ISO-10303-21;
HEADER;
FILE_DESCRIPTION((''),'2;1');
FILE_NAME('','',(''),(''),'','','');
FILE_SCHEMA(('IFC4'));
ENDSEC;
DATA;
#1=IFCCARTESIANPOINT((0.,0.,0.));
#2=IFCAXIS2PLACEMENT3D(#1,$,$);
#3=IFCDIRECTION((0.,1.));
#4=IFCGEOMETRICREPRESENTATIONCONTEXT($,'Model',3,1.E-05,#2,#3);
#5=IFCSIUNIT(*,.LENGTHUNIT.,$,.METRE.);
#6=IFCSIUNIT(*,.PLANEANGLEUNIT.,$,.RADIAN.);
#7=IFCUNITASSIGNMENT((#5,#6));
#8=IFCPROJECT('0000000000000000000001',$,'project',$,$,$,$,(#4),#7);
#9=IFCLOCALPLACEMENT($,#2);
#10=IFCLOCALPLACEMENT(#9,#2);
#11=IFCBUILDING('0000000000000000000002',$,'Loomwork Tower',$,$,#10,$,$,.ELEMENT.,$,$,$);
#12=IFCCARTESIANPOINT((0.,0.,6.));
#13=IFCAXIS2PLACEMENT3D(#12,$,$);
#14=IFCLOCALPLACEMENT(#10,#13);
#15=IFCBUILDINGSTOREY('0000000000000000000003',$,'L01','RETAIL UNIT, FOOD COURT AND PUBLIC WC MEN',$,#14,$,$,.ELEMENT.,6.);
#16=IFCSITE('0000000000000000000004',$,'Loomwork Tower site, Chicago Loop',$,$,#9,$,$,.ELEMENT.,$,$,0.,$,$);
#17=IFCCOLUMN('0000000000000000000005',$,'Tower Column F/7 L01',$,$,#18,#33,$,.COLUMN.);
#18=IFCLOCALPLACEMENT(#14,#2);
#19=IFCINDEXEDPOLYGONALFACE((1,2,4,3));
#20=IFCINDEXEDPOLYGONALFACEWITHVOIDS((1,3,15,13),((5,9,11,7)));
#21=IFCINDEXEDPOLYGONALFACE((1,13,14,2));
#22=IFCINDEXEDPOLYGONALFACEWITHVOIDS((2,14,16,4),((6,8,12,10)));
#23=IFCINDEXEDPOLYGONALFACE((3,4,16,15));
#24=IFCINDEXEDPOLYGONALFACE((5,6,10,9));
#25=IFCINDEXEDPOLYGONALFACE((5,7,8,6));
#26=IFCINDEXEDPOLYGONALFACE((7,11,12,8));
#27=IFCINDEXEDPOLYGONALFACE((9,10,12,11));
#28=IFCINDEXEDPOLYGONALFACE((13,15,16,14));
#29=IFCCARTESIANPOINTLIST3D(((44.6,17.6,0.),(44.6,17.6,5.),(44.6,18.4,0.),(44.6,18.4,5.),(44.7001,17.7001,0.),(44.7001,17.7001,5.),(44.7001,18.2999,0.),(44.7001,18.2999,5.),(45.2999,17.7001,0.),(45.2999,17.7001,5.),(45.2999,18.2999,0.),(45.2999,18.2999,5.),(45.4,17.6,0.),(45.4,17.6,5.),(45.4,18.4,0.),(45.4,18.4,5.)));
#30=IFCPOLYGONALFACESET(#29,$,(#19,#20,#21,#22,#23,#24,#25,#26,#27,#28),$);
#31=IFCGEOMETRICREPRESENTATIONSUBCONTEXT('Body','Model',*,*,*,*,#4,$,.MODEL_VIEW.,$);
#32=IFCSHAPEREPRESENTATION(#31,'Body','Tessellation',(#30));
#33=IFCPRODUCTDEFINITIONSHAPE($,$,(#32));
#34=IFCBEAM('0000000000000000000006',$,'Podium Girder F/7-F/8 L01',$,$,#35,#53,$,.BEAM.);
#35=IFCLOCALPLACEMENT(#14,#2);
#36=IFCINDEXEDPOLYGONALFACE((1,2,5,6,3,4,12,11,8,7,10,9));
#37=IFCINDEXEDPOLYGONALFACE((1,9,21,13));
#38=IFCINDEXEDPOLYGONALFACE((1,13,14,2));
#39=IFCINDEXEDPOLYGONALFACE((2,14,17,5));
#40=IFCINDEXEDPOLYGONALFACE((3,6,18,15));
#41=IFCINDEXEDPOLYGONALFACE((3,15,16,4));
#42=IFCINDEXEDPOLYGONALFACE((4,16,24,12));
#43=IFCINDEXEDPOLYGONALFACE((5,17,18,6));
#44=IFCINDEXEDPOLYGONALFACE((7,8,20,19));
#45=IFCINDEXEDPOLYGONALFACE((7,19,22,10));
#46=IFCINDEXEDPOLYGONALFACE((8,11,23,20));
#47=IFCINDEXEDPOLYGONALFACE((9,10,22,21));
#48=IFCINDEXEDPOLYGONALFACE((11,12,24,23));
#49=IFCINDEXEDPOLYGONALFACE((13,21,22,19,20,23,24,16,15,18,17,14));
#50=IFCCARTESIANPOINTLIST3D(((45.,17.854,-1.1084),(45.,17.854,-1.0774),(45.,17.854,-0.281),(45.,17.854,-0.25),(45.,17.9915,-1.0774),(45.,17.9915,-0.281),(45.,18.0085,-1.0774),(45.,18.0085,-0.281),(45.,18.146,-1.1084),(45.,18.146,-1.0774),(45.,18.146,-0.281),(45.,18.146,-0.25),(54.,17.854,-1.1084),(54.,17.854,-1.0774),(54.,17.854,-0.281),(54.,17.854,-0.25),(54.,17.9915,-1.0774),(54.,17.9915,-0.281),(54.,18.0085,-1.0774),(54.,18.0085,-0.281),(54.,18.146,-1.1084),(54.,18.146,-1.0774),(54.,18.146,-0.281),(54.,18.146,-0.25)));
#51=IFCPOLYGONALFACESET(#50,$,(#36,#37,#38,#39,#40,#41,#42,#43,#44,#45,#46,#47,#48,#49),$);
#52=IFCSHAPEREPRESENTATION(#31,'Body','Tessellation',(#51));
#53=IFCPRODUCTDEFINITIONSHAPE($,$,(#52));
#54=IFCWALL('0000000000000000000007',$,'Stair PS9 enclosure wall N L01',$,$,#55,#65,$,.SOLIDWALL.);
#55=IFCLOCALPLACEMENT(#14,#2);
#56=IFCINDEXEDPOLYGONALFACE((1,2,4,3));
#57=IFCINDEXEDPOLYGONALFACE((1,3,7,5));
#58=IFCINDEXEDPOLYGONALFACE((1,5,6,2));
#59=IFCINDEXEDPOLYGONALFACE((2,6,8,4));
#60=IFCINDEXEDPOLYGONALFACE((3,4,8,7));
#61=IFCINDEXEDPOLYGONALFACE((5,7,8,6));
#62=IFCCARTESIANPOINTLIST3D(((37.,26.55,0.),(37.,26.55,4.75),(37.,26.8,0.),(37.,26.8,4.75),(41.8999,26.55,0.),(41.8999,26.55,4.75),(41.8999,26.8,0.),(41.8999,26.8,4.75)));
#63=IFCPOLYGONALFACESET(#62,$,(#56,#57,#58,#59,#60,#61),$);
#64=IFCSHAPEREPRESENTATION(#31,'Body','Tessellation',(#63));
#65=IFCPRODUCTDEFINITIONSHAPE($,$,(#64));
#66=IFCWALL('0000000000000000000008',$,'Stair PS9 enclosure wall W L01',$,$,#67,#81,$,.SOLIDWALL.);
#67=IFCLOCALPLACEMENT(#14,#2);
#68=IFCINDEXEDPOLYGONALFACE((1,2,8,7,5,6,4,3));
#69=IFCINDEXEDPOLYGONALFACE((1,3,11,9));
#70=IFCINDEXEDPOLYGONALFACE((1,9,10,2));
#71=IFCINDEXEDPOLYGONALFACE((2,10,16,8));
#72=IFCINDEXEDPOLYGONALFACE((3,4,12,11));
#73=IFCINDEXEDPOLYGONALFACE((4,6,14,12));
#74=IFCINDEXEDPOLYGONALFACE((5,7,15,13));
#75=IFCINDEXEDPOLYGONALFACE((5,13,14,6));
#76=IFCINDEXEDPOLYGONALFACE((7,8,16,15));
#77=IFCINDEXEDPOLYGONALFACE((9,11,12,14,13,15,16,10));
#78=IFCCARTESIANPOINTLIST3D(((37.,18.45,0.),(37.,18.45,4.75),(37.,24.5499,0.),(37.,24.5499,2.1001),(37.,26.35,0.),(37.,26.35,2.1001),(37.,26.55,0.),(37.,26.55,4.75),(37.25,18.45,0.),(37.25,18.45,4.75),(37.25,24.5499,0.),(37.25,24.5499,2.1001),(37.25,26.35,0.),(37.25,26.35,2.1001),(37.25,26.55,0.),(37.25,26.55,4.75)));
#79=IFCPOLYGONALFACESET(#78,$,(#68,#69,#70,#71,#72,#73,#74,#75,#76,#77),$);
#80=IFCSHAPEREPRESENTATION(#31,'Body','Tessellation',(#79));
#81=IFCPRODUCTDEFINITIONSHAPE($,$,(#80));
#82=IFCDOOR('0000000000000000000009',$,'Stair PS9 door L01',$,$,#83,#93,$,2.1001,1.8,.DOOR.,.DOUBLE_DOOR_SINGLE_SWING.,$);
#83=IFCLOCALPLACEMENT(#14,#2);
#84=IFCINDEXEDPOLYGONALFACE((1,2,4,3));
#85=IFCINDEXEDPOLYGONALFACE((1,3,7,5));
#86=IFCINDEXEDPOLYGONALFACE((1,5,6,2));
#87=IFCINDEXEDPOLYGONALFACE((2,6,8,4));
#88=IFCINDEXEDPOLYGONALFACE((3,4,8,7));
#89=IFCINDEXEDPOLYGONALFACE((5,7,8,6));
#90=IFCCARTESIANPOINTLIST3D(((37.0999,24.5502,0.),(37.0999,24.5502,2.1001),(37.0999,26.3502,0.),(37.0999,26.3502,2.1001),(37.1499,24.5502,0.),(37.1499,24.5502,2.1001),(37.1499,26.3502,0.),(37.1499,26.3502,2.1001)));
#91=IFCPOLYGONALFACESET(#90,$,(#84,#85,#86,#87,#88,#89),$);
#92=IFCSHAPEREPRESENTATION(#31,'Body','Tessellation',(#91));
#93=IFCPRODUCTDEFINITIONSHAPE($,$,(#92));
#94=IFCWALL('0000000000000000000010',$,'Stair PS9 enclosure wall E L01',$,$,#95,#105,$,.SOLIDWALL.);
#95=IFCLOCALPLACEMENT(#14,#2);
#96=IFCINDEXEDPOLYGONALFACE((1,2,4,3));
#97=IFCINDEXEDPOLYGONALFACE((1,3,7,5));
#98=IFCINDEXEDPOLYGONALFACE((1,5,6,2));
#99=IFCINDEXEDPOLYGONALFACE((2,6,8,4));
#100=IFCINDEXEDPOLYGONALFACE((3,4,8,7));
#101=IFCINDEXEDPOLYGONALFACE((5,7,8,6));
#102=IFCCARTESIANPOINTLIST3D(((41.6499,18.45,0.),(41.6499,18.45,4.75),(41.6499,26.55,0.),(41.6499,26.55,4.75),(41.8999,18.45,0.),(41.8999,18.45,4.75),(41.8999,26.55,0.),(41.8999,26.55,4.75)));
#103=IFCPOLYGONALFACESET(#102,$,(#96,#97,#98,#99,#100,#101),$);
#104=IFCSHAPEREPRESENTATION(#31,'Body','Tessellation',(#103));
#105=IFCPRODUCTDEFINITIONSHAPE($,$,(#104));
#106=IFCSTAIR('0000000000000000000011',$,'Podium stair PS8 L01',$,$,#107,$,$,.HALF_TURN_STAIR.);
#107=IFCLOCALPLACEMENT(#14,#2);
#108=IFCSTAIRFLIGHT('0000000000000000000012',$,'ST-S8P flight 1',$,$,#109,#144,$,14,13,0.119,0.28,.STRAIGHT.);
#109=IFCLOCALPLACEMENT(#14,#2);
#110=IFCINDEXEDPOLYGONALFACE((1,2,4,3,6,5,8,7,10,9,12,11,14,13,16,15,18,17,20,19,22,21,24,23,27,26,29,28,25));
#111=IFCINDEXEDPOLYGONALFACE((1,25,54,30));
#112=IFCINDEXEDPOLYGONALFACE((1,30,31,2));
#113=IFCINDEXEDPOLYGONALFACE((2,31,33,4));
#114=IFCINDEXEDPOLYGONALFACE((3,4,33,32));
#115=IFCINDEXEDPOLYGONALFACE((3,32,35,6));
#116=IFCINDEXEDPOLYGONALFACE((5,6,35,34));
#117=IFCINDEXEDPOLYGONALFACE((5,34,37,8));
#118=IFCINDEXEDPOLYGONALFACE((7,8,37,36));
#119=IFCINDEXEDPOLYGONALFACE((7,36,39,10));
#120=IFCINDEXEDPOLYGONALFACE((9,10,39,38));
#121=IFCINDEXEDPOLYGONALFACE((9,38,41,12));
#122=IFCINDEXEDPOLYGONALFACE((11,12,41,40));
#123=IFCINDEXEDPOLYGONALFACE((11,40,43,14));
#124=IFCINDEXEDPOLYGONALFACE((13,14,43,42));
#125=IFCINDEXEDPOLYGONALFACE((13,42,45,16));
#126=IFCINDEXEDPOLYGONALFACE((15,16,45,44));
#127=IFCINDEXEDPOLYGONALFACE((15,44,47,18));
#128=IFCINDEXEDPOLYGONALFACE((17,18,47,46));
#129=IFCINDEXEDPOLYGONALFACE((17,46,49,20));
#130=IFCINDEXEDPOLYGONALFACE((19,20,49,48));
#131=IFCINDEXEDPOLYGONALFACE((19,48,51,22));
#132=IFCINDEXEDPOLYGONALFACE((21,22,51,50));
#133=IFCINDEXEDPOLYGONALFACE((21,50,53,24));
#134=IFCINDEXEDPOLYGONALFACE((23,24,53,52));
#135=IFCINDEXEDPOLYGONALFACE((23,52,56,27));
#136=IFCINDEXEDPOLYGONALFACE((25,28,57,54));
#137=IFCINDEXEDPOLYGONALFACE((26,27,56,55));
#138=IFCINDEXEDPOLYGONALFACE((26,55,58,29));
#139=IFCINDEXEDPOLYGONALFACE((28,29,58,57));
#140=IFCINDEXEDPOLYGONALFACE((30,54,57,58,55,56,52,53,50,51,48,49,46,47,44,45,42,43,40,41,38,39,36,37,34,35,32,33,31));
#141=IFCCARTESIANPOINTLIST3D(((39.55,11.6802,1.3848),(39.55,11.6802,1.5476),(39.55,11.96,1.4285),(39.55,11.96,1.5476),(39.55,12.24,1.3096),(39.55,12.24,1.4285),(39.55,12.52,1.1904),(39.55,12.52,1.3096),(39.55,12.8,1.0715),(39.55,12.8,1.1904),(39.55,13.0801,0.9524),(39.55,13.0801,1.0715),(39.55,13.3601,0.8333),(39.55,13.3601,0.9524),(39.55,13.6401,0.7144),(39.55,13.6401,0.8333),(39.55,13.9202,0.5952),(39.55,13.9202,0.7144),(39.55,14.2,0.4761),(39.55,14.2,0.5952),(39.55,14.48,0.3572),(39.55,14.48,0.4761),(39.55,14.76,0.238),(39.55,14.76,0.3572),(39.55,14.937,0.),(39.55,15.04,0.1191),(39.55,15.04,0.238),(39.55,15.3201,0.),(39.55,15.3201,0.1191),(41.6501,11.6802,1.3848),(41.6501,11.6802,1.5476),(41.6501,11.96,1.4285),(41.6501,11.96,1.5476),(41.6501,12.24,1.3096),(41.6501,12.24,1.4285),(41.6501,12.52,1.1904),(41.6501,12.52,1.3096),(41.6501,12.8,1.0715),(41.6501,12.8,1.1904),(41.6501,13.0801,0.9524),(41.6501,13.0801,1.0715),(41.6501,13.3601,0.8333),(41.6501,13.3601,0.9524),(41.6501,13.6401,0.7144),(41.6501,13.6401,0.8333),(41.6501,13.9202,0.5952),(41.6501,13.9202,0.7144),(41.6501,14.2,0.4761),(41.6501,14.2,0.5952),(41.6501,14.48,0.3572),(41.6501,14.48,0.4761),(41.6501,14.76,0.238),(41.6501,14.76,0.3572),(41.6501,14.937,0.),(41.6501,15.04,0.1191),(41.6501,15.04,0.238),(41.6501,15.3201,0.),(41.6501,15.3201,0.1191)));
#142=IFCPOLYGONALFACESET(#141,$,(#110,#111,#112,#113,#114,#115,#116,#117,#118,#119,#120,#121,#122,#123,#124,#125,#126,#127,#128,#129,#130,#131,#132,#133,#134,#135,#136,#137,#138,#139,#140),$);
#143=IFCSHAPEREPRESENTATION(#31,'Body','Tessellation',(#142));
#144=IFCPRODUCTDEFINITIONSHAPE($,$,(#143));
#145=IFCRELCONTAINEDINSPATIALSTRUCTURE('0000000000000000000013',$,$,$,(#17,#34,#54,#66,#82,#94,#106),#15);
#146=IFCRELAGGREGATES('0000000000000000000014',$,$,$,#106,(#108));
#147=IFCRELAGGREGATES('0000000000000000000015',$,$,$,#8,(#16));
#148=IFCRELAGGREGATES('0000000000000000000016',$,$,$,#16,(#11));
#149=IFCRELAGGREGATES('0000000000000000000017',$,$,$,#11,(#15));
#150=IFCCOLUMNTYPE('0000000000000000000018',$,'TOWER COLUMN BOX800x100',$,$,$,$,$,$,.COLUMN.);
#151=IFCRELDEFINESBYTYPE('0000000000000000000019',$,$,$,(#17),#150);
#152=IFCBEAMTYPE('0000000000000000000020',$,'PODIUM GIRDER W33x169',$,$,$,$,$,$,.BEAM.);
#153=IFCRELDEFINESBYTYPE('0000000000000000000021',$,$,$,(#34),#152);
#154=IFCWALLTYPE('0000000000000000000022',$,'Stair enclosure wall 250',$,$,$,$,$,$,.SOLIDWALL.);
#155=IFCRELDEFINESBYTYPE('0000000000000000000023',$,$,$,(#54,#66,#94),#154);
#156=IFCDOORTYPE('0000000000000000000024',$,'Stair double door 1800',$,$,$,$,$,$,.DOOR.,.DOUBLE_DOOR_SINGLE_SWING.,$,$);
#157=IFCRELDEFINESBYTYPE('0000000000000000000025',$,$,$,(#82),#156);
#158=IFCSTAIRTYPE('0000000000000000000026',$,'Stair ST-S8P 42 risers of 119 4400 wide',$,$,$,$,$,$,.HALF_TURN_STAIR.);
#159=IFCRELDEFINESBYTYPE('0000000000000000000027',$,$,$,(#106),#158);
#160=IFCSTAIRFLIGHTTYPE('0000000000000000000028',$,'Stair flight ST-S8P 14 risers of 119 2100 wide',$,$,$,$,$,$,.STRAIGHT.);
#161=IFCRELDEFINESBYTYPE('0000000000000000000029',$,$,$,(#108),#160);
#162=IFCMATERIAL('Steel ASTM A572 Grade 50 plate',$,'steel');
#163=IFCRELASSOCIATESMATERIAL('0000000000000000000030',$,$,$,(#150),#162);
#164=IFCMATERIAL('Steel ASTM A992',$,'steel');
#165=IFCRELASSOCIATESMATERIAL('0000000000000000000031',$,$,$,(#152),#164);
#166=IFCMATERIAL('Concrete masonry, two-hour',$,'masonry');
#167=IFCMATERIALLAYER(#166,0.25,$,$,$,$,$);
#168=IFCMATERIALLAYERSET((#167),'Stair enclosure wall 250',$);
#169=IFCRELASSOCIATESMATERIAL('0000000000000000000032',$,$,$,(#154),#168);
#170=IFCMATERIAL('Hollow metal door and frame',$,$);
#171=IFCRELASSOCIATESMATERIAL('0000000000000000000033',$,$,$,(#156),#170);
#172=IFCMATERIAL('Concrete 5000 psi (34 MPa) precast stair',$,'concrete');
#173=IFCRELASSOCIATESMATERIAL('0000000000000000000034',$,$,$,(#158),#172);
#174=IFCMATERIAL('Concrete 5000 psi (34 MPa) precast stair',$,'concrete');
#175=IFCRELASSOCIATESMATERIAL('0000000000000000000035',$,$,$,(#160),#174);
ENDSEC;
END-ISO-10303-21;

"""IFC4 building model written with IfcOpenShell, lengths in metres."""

from ifc_helpers import new_model, si_unit, direction, frame, frame_2d, origin, origin_2d, place, context, subcontext, project, spatial, polyline, rectangle, hollow_rectangle, i_section, outline, extrude, material, layer, layer_set, material_profile, profile_set, type_object, element, fill, aggregate, save


model = new_model("IFC4")

# Units and contexts
model_context = context("Model", 3, precision=1e-05, world=origin(), true_north=direction((0.0, 1.0)))
body_context = subcontext(model_context, "Body", "Model", "MODEL_VIEW")
ifc_project = project(units=[si_unit("LENGTHUNIT", "METRE"), si_unit("PLANEANGLEUNIT", "RADIAN")], contexts=[model_context])

# Site, building, storey
site_placement = place(None, origin())
site = spatial("IfcSite", under=ifc_project, at=site_placement, Name="Loomwork Tower site, Chicago Loop", CompositionType="ELEMENT", RefElevation=0.0)
building_placement = place(site_placement, origin())
building = spatial("IfcBuilding", under=site, at=building_placement, Name="Loomwork Tower", CompositionType="ELEMENT")
storey_placement = place(building_placement, frame((0.0, 0.0, 6.0)))
storey = spatial("IfcBuildingStorey", under=building, at=storey_placement, Name="L01", Description="RETAIL UNIT, FOOD COURT AND PUBLIC WC MEN", CompositionType="ELEMENT", Elevation=6.0)

# Column
ifc_material_1 = material(Name="Steel ASTM A572 Grade 50 plate", Category="steel")
ifc_material_profile_1 = material_profile(ifc_material_1, hollow_rectangle(XDim=0.8, YDim=0.8, WallThickness=0.1001, at=origin_2d()), Name="BOX800x100")
ifc_profile_set_1 = profile_set([ifc_material_profile_1], Name="Steel ASTM A572 Grade 50 plate")
column_type = type_object("IfcColumnType", Name="TOWER COLUMN BOX800x100", PredefinedType="COLUMN", material=ifc_profile_set_1)
column_placement = place(storey_placement, frame((45.0, 18.0, 0.0), z_axis=(0.0, 0.0, 1.0), x_axis=(0.0, 1.0, 0.0)))
element("IfcColumn", 1, at=column_placement, inside=storey, type_object=column_type, Name="Tower Column F/7 L01", PredefinedType="COLUMN", context=body_context, shape_type="SweptSolid", body=[
    extrude(hollow_rectangle(XDim=0.8, YDim=0.8, WallThickness=0.1001, at=origin_2d()), origin(), (0.0, 0.0, 1.0), 5.0),
])

# Beam
ifc_material_2 = material(Name="Steel ASTM A992", Category="steel")
ifc_material_profile_2 = material_profile(ifc_material_2, i_section(OverallWidth=0.292, OverallDepth=0.8584, WebThickness=0.0171, FlangeThickness=0.031, at=origin_2d()), Name="W33x169")
ifc_profile_set_2 = profile_set([ifc_material_profile_2], Name="Steel ASTM A992")
beam_type = type_object("IfcBeamType", Name="PODIUM GIRDER W33x169", PredefinedType="BEAM", material=ifc_profile_set_2)
beam_placement = place(storey_placement, frame((45.0, 18.0, -0.6792), z_axis=(1.0, 0.0, 0.0), x_axis=(0.0, 1.0, 0.0)))
element("IfcBeam", 2, at=beam_placement, inside=storey, type_object=beam_type, Name="Podium Girder F/7-F/8 L01", PredefinedType="BEAM", context=body_context, shape_type="SweptSolid", body=[
    extrude(i_section(OverallWidth=0.292, OverallDepth=0.8584, WebThickness=0.0171, FlangeThickness=0.031, at=origin_2d()), origin(), (0.0, 0.0, 1.0), 9.0),
])

# Wall
ifc_material_3 = material(Name="Concrete masonry, two-hour", Category="masonry")
ifc_layer_1 = layer(ifc_material_3, 0.25)
ifc_layer_set_1 = layer_set([ifc_layer_1], Name="Stair enclosure wall 250")
wall_type = type_object("IfcWallType", Name="Stair enclosure wall 250", PredefinedType="SOLIDWALL", material=ifc_layer_set_1)
wall_1_placement = place(storey_placement, frame((37.0, 26.675, 0.0), z_axis=(0.0, 0.0, 1.0), x_axis=(1.0, 0.0, 0.0)))
element("IfcWall", 3, at=wall_1_placement, inside=storey, type_object=wall_type, Name="Stair PS9 enclosure wall N L01", PredefinedType="SOLIDWALL", context=body_context, shape_type="SweptSolid", body=[
    extrude(rectangle(XDim=4.8999, YDim=0.25, at=frame_2d((2.45, 0.0))), origin(), (0.0, 0.0, 1.0), 4.75),
])

# Wall, opening, door
wall_2_placement = place(storey_placement, frame((37.125, 18.45, 0.0), z_axis=(0.0, 0.0, 1.0), x_axis=(0.0, 1.0, 0.0)))
wall_2 = element("IfcWall", 4, at=wall_2_placement, inside=storey, type_object=wall_type, Name="Stair PS9 enclosure wall W L01", PredefinedType="SOLIDWALL", context=body_context, shape_type="SweptSolid", body=[
    extrude(rectangle(XDim=8.1001, YDim=0.25, at=frame_2d((4.05, 0.0))), origin(), (0.0, 0.0, 1.0), 4.75),
])
opening_placement = place(wall_2_placement, frame((6.1001, 0.0, 0.0)))
opening = element("IfcOpeningElement", 5, at=opening_placement, cuts=wall_2, PredefinedType="OPENING", context=body_context, shape_type="SweptSolid", body=[
    extrude(rectangle(XDim=1.8, YDim=2.1001, at=frame_2d((0.8999, 1.05))), frame((0.0, 0.135, 0.0), z_axis=(0.0, -1.0, 0.0), x_axis=(1.0, 0.0, 0.0)), (0.0, 0.0, 1.0), 0.27),
])
ifc_material_4 = material(Name="Hollow metal door and frame")
door_type = type_object("IfcDoorType", Name="Stair double door 1800", OperationType="DOUBLE_DOOR_SINGLE_SWING", PredefinedType="DOOR", material=ifc_material_4)
door_placement = place(opening_placement, frame((1.8, 0.0, 0.0), z_axis=(0.0, 0.0, 1.0), x_axis=(-1.0, 0.0, 0.0)))
door = element("IfcDoor", 6, at=door_placement, inside=storey, type_object=door_type, Name="Stair PS9 door L01", OperationType="DOUBLE_DOOR_SINGLE_SWING", OverallHeight=2.1001, OverallWidth=1.8, PredefinedType="DOOR", context=body_context, shape_type="SweptSolid", body=[
    extrude(rectangle(XDim=1.8, YDim=2.1001, at=frame_2d((0.8999, 1.05))), frame((0.0, 0.0249, 0.0), z_axis=(0.0, -1.0, 0.0), x_axis=(1.0, 0.0, 0.0)), (0.0, 0.0, 1.0), 0.05),
])
fill(opening, door)

# Wall
wall_3_placement = place(storey_placement, frame((41.7749, 18.45, 0.0), z_axis=(0.0, 0.0, 1.0), x_axis=(0.0, 1.0, 0.0)))
element("IfcWall", 7, at=wall_3_placement, inside=storey, type_object=wall_type, Name="Stair PS9 enclosure wall E L01", PredefinedType="SOLIDWALL", context=body_context, shape_type="SweptSolid", body=[
    extrude(rectangle(XDim=8.1001, YDim=0.25, at=frame_2d((4.05, 0.0))), origin(), (0.0, 0.0, 1.0), 4.75),
])

# Stair, stair flight
ifc_material_5 = material(Name="Concrete 5000 psi (34 MPa) precast stair", Category="concrete")
stair_type_1 = type_object("IfcStairType", Name="Stair ST-S8P 42 risers of 119 4400 wide", PredefinedType="HALF_TURN_STAIR", material=ifc_material_5)
stair_1_placement = place(storey_placement, origin())
stair_1 = element("IfcStair", 8, at=stair_1_placement, inside=storey, type_object=stair_type_1, Name="Podium stair PS8 L01", PredefinedType="HALF_TURN_STAIR")
ifc_material_6 = material(Name="Concrete 5000 psi (34 MPa) precast stair", Category="concrete")
stair_flight_type_1 = type_object("IfcStairFlightType", Name="Stair flight ST-S8P 14 risers of 119 2100 wide", PredefinedType="STRAIGHT", material=ifc_material_6)
stair_flight_1_placement = place(storey_placement, frame((40.6001, 15.3201, 0.0), z_axis=(0.0, 0.0, 1.0), x_axis=(0.0, -1.0, 0.0)))
stair_flight_1 = element("IfcStairFlight", 9, at=stair_flight_1_placement, type_object=stair_flight_type_1, Name="ST-S8P flight 1", NumberOfRisers=14, NumberOfTreads=13, PredefinedType="STRAIGHT", RiserHeight=0.119, TreadLength=0.28, context=body_context, shape_type="SweptSolid", body=[
    extrude(outline(polyline([(0.0, 0.0), (0.0, 0.1191), (0.28, 0.1191), (0.28, 0.238), (0.5601, 0.238), (0.5601, 0.3572), (0.8401, 0.3572), (0.8401, 0.4761), (1.1201, 0.4761), (1.1201, 0.5952), (1.3999, 0.5952), (1.3999, 0.7144), (1.6799, 0.7144), (1.6799, 0.8333), (1.96, 0.8333), (1.96, 0.9524), (2.24, 0.9524), (2.24, 1.0715), (2.52, 1.0715), (2.52, 1.1904), (2.8, 1.1904), (2.8, 1.3096), (3.0801, 1.3096), (3.0801, 1.4285), (3.3601, 1.4285), (3.3601, 1.5476), (3.6399, 1.5476), (3.6399, 1.6667), (3.6399, 1.3848), (0.3831, 0.0), (0.0, 0.0)])), frame((0.0, 1.05, 0.0), z_axis=(0.0, -1.0, 0.0), x_axis=(1.0, 0.0, 0.0)), (0.0, 0.0, 1.0), 2.1001),
])
aggregate(stair_1, [stair_flight_1])

save(model, "model.ifc")
